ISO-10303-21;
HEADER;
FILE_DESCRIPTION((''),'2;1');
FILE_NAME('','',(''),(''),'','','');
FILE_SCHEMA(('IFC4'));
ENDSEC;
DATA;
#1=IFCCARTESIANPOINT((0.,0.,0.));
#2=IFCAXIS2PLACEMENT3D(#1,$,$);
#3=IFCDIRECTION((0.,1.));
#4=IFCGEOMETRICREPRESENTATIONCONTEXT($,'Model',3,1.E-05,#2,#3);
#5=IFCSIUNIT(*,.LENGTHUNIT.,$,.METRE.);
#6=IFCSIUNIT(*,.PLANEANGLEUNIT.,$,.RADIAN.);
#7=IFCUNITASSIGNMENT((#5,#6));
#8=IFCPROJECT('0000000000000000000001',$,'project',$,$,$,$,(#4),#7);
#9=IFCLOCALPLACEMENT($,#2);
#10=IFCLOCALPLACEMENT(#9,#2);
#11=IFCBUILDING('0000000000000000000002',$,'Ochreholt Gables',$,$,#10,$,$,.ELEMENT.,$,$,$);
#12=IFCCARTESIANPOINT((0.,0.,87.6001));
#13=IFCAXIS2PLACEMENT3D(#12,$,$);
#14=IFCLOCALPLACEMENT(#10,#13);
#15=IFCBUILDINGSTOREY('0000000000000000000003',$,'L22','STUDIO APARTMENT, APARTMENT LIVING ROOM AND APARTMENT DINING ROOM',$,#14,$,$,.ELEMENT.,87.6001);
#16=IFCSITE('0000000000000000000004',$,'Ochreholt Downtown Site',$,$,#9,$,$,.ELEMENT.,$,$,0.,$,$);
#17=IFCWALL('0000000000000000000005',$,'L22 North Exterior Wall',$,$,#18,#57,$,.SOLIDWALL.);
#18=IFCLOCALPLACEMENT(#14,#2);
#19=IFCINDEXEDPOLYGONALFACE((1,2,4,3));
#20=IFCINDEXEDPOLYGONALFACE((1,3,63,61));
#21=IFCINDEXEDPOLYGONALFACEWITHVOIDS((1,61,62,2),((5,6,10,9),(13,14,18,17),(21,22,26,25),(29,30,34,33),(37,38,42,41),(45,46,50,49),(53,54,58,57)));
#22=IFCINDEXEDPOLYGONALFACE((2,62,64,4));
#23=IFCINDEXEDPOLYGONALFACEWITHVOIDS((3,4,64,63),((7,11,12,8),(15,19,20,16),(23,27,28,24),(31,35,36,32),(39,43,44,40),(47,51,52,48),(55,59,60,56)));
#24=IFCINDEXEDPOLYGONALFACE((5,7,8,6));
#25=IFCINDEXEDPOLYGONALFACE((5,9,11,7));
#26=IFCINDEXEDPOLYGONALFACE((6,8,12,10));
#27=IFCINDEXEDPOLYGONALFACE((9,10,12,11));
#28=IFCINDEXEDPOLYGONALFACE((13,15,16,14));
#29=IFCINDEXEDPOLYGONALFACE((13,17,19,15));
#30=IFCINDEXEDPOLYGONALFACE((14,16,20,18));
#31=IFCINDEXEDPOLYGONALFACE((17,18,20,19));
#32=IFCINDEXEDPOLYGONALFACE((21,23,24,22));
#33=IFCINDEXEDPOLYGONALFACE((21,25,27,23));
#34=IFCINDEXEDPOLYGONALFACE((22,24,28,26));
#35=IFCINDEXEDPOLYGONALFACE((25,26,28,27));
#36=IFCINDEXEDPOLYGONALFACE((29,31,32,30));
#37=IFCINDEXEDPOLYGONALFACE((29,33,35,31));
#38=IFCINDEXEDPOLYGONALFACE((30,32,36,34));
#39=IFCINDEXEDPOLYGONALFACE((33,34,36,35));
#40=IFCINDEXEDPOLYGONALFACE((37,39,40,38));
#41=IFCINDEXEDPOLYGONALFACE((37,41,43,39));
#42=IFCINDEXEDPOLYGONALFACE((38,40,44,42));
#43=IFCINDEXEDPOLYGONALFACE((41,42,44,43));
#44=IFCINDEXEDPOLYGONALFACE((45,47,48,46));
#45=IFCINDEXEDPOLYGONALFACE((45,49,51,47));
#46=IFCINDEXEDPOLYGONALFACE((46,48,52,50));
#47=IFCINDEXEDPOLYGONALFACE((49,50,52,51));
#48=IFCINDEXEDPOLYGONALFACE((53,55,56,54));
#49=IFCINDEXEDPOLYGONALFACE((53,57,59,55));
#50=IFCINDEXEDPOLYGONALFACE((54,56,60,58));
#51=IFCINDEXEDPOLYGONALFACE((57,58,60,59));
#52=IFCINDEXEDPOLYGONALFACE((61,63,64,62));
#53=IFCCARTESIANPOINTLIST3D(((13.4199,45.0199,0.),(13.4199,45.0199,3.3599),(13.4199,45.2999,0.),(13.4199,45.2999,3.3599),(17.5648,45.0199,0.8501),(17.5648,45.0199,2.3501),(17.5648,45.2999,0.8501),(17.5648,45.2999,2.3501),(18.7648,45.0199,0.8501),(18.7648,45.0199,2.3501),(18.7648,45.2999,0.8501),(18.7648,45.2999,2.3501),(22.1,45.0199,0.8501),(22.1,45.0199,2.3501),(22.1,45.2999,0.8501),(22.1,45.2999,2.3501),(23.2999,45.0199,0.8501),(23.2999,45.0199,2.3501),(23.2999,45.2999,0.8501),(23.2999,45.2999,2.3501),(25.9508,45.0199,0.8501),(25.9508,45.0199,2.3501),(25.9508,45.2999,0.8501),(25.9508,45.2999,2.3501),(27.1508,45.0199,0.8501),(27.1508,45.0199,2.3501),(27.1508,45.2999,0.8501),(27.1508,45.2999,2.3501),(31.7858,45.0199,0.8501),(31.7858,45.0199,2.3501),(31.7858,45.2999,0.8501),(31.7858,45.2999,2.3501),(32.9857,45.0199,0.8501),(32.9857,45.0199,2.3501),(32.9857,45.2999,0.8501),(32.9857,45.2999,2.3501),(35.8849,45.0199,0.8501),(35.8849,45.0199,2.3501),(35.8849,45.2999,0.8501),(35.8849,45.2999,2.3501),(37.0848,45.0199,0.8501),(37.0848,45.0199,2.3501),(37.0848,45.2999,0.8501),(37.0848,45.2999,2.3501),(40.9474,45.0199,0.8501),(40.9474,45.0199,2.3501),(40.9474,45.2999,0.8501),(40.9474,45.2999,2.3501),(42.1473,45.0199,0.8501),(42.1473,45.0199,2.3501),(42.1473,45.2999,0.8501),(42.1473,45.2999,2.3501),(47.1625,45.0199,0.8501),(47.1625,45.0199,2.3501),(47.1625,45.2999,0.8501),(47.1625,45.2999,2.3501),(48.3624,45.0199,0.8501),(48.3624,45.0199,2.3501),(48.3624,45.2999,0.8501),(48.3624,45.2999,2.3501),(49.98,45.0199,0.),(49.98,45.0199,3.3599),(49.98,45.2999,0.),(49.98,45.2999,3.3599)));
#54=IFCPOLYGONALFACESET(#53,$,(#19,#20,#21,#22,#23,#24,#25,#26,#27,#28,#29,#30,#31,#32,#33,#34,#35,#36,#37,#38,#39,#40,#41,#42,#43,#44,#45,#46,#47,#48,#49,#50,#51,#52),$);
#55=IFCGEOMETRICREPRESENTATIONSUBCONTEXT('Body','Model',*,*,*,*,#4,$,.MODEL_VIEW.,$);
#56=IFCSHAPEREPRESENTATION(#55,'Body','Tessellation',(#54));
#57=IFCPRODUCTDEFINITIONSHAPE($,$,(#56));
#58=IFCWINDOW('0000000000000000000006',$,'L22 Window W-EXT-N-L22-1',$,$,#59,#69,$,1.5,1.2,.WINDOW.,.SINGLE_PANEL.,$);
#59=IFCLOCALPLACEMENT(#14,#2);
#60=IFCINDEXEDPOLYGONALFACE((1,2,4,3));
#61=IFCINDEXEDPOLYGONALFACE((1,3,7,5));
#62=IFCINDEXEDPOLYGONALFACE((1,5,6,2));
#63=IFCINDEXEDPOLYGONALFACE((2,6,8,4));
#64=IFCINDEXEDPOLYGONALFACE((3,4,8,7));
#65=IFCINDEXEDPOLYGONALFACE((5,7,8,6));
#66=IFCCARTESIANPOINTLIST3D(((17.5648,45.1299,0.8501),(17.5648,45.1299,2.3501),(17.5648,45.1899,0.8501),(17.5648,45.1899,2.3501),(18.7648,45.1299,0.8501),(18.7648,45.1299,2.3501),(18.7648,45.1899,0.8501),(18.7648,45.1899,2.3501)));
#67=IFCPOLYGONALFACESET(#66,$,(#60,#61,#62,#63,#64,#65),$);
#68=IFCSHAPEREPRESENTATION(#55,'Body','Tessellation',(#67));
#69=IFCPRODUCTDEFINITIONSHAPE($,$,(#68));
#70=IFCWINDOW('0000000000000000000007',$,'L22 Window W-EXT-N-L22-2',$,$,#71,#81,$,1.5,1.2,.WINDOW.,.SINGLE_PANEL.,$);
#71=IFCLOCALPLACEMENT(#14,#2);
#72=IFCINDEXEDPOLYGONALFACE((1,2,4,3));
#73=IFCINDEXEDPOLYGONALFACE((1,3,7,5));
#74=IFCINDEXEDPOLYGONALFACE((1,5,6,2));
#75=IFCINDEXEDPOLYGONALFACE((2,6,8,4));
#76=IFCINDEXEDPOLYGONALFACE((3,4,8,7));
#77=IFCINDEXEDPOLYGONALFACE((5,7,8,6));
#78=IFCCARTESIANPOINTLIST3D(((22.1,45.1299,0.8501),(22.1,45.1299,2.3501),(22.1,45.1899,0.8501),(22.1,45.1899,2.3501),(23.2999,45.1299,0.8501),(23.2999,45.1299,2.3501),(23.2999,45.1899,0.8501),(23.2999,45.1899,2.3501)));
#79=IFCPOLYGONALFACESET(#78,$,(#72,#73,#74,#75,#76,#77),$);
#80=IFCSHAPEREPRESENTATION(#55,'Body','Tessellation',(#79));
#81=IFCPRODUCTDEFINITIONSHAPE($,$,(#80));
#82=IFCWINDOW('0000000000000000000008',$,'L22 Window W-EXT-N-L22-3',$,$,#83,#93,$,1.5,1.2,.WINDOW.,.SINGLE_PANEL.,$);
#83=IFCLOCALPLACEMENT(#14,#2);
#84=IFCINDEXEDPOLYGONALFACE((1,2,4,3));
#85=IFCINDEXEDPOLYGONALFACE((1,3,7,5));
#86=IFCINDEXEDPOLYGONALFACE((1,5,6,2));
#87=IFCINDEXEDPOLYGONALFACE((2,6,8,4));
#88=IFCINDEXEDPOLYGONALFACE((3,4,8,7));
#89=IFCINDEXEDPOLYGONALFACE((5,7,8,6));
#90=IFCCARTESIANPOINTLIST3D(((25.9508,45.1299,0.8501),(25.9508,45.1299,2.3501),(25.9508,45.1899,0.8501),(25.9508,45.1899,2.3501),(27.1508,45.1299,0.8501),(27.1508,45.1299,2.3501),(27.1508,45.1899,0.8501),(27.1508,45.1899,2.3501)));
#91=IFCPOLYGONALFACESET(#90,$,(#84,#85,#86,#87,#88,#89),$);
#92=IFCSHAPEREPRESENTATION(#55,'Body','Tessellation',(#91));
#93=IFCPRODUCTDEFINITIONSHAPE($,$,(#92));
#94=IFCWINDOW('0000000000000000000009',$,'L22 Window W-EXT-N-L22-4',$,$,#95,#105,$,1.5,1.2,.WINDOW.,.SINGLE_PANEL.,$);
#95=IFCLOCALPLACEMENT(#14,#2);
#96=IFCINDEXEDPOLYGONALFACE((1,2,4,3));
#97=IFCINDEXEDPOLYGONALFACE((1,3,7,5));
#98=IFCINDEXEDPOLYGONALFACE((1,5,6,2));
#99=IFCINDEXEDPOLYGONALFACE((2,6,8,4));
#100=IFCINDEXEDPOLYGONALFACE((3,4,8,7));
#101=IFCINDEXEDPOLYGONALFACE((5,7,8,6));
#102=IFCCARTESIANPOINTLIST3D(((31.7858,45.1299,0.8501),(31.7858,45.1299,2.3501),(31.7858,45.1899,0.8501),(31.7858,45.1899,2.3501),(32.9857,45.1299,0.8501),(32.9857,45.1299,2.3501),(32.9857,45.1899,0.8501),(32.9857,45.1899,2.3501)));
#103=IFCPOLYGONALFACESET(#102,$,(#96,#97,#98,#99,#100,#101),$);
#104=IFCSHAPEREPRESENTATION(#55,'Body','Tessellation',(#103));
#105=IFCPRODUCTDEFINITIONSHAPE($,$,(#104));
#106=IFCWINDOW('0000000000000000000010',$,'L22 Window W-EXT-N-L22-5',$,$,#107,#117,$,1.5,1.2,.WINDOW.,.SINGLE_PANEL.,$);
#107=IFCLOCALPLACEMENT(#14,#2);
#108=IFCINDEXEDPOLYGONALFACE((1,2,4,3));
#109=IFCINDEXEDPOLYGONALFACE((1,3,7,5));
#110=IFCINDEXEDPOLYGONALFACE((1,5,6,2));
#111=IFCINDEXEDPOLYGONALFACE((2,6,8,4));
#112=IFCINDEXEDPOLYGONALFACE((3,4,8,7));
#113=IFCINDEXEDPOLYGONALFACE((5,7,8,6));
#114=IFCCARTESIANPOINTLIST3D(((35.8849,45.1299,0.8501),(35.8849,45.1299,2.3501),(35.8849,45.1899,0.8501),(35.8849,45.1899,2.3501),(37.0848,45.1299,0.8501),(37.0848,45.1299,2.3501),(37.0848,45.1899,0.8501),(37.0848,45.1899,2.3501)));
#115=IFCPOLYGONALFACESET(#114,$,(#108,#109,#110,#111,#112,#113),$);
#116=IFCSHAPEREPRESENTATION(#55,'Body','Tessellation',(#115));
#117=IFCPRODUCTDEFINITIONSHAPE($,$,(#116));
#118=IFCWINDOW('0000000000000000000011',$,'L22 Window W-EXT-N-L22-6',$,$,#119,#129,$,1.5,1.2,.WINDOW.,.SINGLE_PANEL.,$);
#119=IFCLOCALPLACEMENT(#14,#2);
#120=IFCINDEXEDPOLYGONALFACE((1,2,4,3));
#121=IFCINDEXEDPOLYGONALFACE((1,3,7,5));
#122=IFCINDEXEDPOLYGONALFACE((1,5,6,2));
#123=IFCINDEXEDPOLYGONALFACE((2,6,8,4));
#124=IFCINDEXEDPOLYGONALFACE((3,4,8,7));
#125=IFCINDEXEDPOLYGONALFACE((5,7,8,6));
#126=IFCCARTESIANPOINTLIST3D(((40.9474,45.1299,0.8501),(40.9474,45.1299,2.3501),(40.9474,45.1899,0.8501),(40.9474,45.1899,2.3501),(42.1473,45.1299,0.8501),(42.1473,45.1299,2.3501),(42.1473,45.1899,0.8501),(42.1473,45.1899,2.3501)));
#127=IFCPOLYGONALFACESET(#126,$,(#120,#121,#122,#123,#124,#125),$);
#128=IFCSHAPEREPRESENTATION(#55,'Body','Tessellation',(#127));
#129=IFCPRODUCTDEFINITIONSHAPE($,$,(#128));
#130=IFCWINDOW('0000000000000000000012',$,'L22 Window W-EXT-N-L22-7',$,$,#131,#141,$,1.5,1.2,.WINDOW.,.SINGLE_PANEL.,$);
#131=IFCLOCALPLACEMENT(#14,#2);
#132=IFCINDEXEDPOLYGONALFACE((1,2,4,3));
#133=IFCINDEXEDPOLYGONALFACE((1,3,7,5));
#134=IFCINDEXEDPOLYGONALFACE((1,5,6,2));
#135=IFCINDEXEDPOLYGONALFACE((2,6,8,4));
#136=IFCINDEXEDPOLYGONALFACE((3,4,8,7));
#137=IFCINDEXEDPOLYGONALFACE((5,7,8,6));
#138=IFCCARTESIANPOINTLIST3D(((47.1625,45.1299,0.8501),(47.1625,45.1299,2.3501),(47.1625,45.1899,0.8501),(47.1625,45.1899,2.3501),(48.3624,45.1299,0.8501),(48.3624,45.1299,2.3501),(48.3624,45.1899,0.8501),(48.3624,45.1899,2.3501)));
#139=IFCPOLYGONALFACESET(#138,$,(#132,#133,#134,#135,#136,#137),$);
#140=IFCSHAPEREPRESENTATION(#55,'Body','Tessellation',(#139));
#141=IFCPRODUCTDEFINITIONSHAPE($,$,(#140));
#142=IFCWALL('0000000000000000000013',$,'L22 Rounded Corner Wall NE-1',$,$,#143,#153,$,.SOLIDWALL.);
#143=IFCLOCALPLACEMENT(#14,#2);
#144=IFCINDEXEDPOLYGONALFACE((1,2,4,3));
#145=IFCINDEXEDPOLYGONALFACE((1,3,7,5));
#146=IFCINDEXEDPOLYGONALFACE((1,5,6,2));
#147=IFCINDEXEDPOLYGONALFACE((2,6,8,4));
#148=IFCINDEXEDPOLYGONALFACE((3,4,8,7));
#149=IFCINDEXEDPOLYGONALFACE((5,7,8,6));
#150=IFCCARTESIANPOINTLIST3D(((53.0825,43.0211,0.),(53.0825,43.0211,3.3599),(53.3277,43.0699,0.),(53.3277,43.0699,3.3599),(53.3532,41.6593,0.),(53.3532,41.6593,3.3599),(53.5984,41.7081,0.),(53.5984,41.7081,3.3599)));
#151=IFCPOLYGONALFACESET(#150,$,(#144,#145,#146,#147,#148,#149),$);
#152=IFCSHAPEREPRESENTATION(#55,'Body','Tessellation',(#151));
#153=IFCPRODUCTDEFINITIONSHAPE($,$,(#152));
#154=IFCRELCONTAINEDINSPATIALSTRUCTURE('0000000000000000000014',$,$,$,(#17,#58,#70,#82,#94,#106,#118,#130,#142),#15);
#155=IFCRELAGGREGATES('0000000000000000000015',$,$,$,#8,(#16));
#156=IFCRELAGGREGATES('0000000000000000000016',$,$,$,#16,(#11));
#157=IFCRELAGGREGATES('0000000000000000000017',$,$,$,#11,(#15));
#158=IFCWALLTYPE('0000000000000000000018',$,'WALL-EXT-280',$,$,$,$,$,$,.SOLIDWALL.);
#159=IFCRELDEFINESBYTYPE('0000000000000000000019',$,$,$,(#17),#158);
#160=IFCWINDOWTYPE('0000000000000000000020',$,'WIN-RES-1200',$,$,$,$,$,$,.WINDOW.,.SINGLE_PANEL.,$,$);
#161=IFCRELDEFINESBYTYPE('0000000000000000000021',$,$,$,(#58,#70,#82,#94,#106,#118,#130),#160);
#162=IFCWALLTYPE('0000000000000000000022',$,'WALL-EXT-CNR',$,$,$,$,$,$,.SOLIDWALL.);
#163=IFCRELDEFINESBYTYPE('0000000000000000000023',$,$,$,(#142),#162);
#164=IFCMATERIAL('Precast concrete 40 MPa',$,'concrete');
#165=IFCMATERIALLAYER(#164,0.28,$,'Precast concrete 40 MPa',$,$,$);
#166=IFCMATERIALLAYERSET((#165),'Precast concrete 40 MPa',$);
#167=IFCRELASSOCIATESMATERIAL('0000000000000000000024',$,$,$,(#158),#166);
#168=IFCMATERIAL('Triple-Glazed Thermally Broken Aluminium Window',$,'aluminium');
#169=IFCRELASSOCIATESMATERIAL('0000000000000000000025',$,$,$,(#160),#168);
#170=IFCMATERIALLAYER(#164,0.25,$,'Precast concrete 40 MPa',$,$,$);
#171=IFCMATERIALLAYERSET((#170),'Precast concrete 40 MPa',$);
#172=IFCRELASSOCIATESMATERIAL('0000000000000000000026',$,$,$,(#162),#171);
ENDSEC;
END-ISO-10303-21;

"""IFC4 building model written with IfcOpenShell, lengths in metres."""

from ifc_helpers import new_model, si_unit, direction, frame, frame_2d, origin, place, context, subcontext, project, spatial, rectangle, extrude, material, layer, layer_set, type_object, element, fill, save


model = new_model("IFC4")

# Units and contexts
model_context = context("Model", 3, precision=1e-05, world=origin(), true_north=direction((0.0, 1.0)))
body_context = subcontext(model_context, "Body", "Model", "MODEL_VIEW")
ifc_project = project(units=[si_unit("LENGTHUNIT", "METRE"), si_unit("PLANEANGLEUNIT", "RADIAN")], contexts=[model_context])

# Site, building, storey
site_placement = place(None, origin())
site = spatial("IfcSite", under=ifc_project, at=site_placement, Name="Ochreholt Downtown Site", CompositionType="ELEMENT", RefElevation=0.0)
building_placement = place(site_placement, origin())
building = spatial("IfcBuilding", under=site, at=building_placement, Name="Ochreholt Gables", CompositionType="ELEMENT")
storey_placement = place(building_placement, frame((0.0, 0.0, 87.6001)))
storey = spatial("IfcBuildingStorey", under=building, at=storey_placement, Name="L22", Description="STUDIO APARTMENT, APARTMENT LIVING ROOM AND APARTMENT DINING ROOM", CompositionType="ELEMENT", Elevation=87.6001)

# Wall, openings, windows
ifc_material_1 = material(Name="Precast concrete 40 MPa", Category="concrete")
ifc_layer_1 = layer(ifc_material_1, 0.28, Name="Precast concrete 40 MPa")
ifc_layer_set_1 = layer_set([ifc_layer_1], Name="Precast concrete 40 MPa")
wall_type_1 = type_object("IfcWallType", Name="WALL-EXT-280", PredefinedType="SOLIDWALL", material=ifc_layer_set_1)
wall_1_placement = place(storey_placement, frame((49.98, 45.1599, 0.0), z_axis=(0.0, 0.0, 1.0), x_axis=(-1.0, 0.0, 0.0)))
wall_1 = element("IfcWall", 1, at=wall_1_placement, inside=storey, type_object=wall_type_1, Name="L22 North Exterior Wall", PredefinedType="SOLIDWALL", context=body_context, shape_type="SweptSolid", body=[
    extrude(rectangle(XDim=36.5601, YDim=0.28, at=frame_2d((18.28, 0.0))), origin(), (0.0, 0.0, 1.0), 3.3599),
])
opening_1_placement = place(wall_1_placement, frame((31.2151, 0.0, 0.8501)))
opening_1 = element("IfcOpeningElement", 2, at=opening_1_placement, cuts=wall_1, PredefinedType="OPENING", context=body_context, shape_type="SweptSolid", body=[
    extrude(rectangle(XDim=1.2, YDim=1.5, at=frame_2d((0.6001, 0.75))), frame((0.0, 0.1499, 0.0), z_axis=(0.0, -1.0, 0.0), x_axis=(1.0, 0.0, 0.0)), (0.0, 0.0, 1.0), 0.3),
])
opening_2_placement = place(wall_1_placement, frame((26.6799, 0.0, 0.8501)))
opening_2 = element("IfcOpeningElement", 3, at=opening_2_placement, cuts=wall_1, PredefinedType="OPENING", context=body_context, shape_type="SweptSolid", body=[
    extrude(rectangle(XDim=1.2, YDim=1.5, at=frame_2d((0.6001, 0.75))), frame((0.0, 0.1499, 0.0), z_axis=(0.0, -1.0, 0.0), x_axis=(1.0, 0.0, 0.0)), (0.0, 0.0, 1.0), 0.3),
])
opening_3_placement = place(wall_1_placement, frame((22.8291, 0.0, 0.8501)))
opening_3 = element("IfcOpeningElement", 4, at=opening_3_placement, cuts=wall_1, PredefinedType="OPENING", context=body_context, shape_type="SweptSolid", body=[
    extrude(rectangle(XDim=1.2, YDim=1.5, at=frame_2d((0.6001, 0.75))), frame((0.0, 0.1499, 0.0), z_axis=(0.0, -1.0, 0.0), x_axis=(1.0, 0.0, 0.0)), (0.0, 0.0, 1.0), 0.3),
])
opening_4_placement = place(wall_1_placement, frame((16.9941, 0.0, 0.8501)))
opening_4 = element("IfcOpeningElement", 5, at=opening_4_placement, cuts=wall_1, PredefinedType="OPENING", context=body_context, shape_type="SweptSolid", body=[
    extrude(rectangle(XDim=1.2, YDim=1.5, at=frame_2d((0.6001, 0.75))), frame((0.0, 0.1499, 0.0), z_axis=(0.0, -1.0, 0.0), x_axis=(1.0, 0.0, 0.0)), (0.0, 0.0, 1.0), 0.3),
])
opening_5_placement = place(wall_1_placement, frame((12.895, 0.0, 0.8501)))
opening_5 = element("IfcOpeningElement", 6, at=opening_5_placement, cuts=wall_1, PredefinedType="OPENING", context=body_context, shape_type="SweptSolid", body=[
    extrude(rectangle(XDim=1.2, YDim=1.5, at=frame_2d((0.6001, 0.75))), frame((0.0, 0.1499, 0.0), z_axis=(0.0, -1.0, 0.0), x_axis=(1.0, 0.0, 0.0)), (0.0, 0.0, 1.0), 0.3),
])
opening_6_placement = place(wall_1_placement, frame((7.8325, 0.0, 0.8501)))
opening_6 = element("IfcOpeningElement", 7, at=opening_6_placement, cuts=wall_1, PredefinedType="OPENING", context=body_context, shape_type="SweptSolid", body=[
    extrude(rectangle(XDim=1.2, YDim=1.5, at=frame_2d((0.6001, 0.75))), frame((0.0, 0.1499, 0.0), z_axis=(0.0, -1.0, 0.0), x_axis=(1.0, 0.0, 0.0)), (0.0, 0.0, 1.0), 0.3),
])
opening_7_placement = place(wall_1_placement, frame((1.6174, 0.0, 0.8501)))
opening_7 = element("IfcOpeningElement", 8, at=opening_7_placement, cuts=wall_1, PredefinedType="OPENING", context=body_context, shape_type="SweptSolid", body=[
    extrude(rectangle(XDim=1.2, YDim=1.5, at=frame_2d((0.6001, 0.75))), frame((0.0, 0.1499, 0.0), z_axis=(0.0, -1.0, 0.0), x_axis=(1.0, 0.0, 0.0)), (0.0, 0.0, 1.0), 0.3),
])
ifc_material_2 = material(Name="Triple-Glazed Thermally Broken Aluminium Window", Category="aluminium")
window_type = type_object("IfcWindowType", Name="WIN-RES-1200", PartitioningType="SINGLE_PANEL", PredefinedType="WINDOW", material=ifc_material_2)
window_1_placement = place(opening_1_placement, origin())
window_1 = element("IfcWindow", 9, at=window_1_placement, inside=storey, type_object=window_type, Name="L22 Window W-EXT-N-L22-1", OverallHeight=1.5, OverallWidth=1.2, PartitioningType="SINGLE_PANEL", PredefinedType="WINDOW", context=body_context, shape_type="SweptSolid", body=[
    extrude(rectangle(XDim=1.2, YDim=1.5, at=frame_2d((0.6001, 0.75))), frame((0.0, 0.03, 0.0), z_axis=(0.0, -1.0, 0.0), x_axis=(1.0, 0.0, 0.0)), (0.0, 0.0, 1.0), 0.0601),
])
fill(opening_1, window_1)
window_2_placement = place(opening_2_placement, origin())
window_2 = element("IfcWindow", 10, at=window_2_placement, inside=storey, type_object=window_type, Name="L22 Window W-EXT-N-L22-2", OverallHeight=1.5, OverallWidth=1.2, PartitioningType="SINGLE_PANEL", PredefinedType="WINDOW", context=body_context, shape_type="SweptSolid", body=[
    extrude(rectangle(XDim=1.2, YDim=1.5, at=frame_2d((0.6001, 0.75))), frame((0.0, 0.03, 0.0), z_axis=(0.0, -1.0, 0.0), x_axis=(1.0, 0.0, 0.0)), (0.0, 0.0, 1.0), 0.0601),
])
fill(opening_2, window_2)
window_3_placement = place(opening_3_placement, origin())
window_3 = element("IfcWindow", 11, at=window_3_placement, inside=storey, type_object=window_type, Name="L22 Window W-EXT-N-L22-3", OverallHeight=1.5, OverallWidth=1.2, PartitioningType="SINGLE_PANEL", PredefinedType="WINDOW", context=body_context, shape_type="SweptSolid", body=[
    extrude(rectangle(XDim=1.2, YDim=1.5, at=frame_2d((0.6001, 0.75))), frame((0.0, 0.03, 0.0), z_axis=(0.0, -1.0, 0.0), x_axis=(1.0, 0.0, 0.0)), (0.0, 0.0, 1.0), 0.0601),
])
fill(opening_3, window_3)
window_4_placement = place(opening_4_placement, origin())
window_4 = element("IfcWindow", 12, at=window_4_placement, inside=storey, type_object=window_type, Name="L22 Window W-EXT-N-L22-4", OverallHeight=1.5, OverallWidth=1.2, PartitioningType="SINGLE_PANEL", PredefinedType="WINDOW", context=body_context, shape_type="SweptSolid", body=[
    extrude(rectangle(XDim=1.2, YDim=1.5, at=frame_2d((0.6001, 0.75))), frame((0.0, 0.03, 0.0), z_axis=(0.0, -1.0, 0.0), x_axis=(1.0, 0.0, 0.0)), (0.0, 0.0, 1.0), 0.0601),
])
fill(opening_4, window_4)
window_5_placement = place(opening_5_placement, origin())
window_5 = element("IfcWindow", 13, at=window_5_placement, inside=storey, type_object=window_type, Name="L22 Window W-EXT-N-L22-5", OverallHeight=1.5, OverallWidth=1.2, PartitioningType="SINGLE_PANEL", PredefinedType="WINDOW", context=body_context, shape_type="SweptSolid", body=[
    extrude(rectangle(XDim=1.2, YDim=1.5, at=frame_2d((0.6001, 0.75))), frame((0.0, 0.03, 0.0), z_axis=(0.0, -1.0, 0.0), x_axis=(1.0, 0.0, 0.0)), (0.0, 0.0, 1.0), 0.0601),
])
fill(opening_5, window_5)
window_6_placement = place(opening_6_placement, origin())
window_6 = element("IfcWindow", 14, at=window_6_placement, inside=storey, type_object=window_type, Name="L22 Window W-EXT-N-L22-6", OverallHeight=1.5, OverallWidth=1.2, PartitioningType="SINGLE_PANEL", PredefinedType="WINDOW", context=body_context, shape_type="SweptSolid", body=[
    extrude(rectangle(XDim=1.2, YDim=1.5, at=frame_2d((0.6001, 0.75))), frame((0.0, 0.03, 0.0), z_axis=(0.0, -1.0, 0.0), x_axis=(1.0, 0.0, 0.0)), (0.0, 0.0, 1.0), 0.0601),
])
fill(opening_6, window_6)
window_7_placement = place(opening_7_placement, origin())
window_7 = element("IfcWindow", 15, at=window_7_placement, inside=storey, type_object=window_type, Name="L22 Window W-EXT-N-L22-7", OverallHeight=1.5, OverallWidth=1.2, PartitioningType="SINGLE_PANEL", PredefinedType="WINDOW", context=body_context, shape_type="SweptSolid", body=[
    extrude(rectangle(XDim=1.2, YDim=1.5, at=frame_2d((0.6001, 0.75))), frame((0.0, 0.03, 0.0), z_axis=(0.0, -1.0, 0.0), x_axis=(1.0, 0.0, 0.0)), (0.0, 0.0, 1.0), 0.0601),
])
fill(opening_7, window_7)

# Wall
ifc_layer_2 = layer(ifc_material_1, 0.25, Name="Precast concrete 40 MPa")
ifc_layer_set_2 = layer_set([ifc_layer_2], Name="Precast concrete 40 MPa")
wall_type_2 = type_object("IfcWallType", Name="WALL-EXT-CNR", PredefinedType="SOLIDWALL", material=ifc_layer_set_2)
wall_2_placement = place(storey_placement, frame((53.4758, 41.6836, 0.0), z_axis=(0.0, 0.0, 1.0), x_axis=(-0.195, 0.980803, 0.0)))
element("IfcWall", 16, at=wall_2_placement, inside=storey, type_object=wall_type_2, Name="L22 Rounded Corner Wall NE-1", PredefinedType="SOLIDWALL", context=body_context, shape_type="SweptSolid", body=[
    extrude(rectangle(XDim=1.3884, YDim=0.25, at=frame_2d((0.6943, 0.0))), origin(), (0.0, 0.0, 1.0), 3.3599),
])

save(model, "model.ifc")
